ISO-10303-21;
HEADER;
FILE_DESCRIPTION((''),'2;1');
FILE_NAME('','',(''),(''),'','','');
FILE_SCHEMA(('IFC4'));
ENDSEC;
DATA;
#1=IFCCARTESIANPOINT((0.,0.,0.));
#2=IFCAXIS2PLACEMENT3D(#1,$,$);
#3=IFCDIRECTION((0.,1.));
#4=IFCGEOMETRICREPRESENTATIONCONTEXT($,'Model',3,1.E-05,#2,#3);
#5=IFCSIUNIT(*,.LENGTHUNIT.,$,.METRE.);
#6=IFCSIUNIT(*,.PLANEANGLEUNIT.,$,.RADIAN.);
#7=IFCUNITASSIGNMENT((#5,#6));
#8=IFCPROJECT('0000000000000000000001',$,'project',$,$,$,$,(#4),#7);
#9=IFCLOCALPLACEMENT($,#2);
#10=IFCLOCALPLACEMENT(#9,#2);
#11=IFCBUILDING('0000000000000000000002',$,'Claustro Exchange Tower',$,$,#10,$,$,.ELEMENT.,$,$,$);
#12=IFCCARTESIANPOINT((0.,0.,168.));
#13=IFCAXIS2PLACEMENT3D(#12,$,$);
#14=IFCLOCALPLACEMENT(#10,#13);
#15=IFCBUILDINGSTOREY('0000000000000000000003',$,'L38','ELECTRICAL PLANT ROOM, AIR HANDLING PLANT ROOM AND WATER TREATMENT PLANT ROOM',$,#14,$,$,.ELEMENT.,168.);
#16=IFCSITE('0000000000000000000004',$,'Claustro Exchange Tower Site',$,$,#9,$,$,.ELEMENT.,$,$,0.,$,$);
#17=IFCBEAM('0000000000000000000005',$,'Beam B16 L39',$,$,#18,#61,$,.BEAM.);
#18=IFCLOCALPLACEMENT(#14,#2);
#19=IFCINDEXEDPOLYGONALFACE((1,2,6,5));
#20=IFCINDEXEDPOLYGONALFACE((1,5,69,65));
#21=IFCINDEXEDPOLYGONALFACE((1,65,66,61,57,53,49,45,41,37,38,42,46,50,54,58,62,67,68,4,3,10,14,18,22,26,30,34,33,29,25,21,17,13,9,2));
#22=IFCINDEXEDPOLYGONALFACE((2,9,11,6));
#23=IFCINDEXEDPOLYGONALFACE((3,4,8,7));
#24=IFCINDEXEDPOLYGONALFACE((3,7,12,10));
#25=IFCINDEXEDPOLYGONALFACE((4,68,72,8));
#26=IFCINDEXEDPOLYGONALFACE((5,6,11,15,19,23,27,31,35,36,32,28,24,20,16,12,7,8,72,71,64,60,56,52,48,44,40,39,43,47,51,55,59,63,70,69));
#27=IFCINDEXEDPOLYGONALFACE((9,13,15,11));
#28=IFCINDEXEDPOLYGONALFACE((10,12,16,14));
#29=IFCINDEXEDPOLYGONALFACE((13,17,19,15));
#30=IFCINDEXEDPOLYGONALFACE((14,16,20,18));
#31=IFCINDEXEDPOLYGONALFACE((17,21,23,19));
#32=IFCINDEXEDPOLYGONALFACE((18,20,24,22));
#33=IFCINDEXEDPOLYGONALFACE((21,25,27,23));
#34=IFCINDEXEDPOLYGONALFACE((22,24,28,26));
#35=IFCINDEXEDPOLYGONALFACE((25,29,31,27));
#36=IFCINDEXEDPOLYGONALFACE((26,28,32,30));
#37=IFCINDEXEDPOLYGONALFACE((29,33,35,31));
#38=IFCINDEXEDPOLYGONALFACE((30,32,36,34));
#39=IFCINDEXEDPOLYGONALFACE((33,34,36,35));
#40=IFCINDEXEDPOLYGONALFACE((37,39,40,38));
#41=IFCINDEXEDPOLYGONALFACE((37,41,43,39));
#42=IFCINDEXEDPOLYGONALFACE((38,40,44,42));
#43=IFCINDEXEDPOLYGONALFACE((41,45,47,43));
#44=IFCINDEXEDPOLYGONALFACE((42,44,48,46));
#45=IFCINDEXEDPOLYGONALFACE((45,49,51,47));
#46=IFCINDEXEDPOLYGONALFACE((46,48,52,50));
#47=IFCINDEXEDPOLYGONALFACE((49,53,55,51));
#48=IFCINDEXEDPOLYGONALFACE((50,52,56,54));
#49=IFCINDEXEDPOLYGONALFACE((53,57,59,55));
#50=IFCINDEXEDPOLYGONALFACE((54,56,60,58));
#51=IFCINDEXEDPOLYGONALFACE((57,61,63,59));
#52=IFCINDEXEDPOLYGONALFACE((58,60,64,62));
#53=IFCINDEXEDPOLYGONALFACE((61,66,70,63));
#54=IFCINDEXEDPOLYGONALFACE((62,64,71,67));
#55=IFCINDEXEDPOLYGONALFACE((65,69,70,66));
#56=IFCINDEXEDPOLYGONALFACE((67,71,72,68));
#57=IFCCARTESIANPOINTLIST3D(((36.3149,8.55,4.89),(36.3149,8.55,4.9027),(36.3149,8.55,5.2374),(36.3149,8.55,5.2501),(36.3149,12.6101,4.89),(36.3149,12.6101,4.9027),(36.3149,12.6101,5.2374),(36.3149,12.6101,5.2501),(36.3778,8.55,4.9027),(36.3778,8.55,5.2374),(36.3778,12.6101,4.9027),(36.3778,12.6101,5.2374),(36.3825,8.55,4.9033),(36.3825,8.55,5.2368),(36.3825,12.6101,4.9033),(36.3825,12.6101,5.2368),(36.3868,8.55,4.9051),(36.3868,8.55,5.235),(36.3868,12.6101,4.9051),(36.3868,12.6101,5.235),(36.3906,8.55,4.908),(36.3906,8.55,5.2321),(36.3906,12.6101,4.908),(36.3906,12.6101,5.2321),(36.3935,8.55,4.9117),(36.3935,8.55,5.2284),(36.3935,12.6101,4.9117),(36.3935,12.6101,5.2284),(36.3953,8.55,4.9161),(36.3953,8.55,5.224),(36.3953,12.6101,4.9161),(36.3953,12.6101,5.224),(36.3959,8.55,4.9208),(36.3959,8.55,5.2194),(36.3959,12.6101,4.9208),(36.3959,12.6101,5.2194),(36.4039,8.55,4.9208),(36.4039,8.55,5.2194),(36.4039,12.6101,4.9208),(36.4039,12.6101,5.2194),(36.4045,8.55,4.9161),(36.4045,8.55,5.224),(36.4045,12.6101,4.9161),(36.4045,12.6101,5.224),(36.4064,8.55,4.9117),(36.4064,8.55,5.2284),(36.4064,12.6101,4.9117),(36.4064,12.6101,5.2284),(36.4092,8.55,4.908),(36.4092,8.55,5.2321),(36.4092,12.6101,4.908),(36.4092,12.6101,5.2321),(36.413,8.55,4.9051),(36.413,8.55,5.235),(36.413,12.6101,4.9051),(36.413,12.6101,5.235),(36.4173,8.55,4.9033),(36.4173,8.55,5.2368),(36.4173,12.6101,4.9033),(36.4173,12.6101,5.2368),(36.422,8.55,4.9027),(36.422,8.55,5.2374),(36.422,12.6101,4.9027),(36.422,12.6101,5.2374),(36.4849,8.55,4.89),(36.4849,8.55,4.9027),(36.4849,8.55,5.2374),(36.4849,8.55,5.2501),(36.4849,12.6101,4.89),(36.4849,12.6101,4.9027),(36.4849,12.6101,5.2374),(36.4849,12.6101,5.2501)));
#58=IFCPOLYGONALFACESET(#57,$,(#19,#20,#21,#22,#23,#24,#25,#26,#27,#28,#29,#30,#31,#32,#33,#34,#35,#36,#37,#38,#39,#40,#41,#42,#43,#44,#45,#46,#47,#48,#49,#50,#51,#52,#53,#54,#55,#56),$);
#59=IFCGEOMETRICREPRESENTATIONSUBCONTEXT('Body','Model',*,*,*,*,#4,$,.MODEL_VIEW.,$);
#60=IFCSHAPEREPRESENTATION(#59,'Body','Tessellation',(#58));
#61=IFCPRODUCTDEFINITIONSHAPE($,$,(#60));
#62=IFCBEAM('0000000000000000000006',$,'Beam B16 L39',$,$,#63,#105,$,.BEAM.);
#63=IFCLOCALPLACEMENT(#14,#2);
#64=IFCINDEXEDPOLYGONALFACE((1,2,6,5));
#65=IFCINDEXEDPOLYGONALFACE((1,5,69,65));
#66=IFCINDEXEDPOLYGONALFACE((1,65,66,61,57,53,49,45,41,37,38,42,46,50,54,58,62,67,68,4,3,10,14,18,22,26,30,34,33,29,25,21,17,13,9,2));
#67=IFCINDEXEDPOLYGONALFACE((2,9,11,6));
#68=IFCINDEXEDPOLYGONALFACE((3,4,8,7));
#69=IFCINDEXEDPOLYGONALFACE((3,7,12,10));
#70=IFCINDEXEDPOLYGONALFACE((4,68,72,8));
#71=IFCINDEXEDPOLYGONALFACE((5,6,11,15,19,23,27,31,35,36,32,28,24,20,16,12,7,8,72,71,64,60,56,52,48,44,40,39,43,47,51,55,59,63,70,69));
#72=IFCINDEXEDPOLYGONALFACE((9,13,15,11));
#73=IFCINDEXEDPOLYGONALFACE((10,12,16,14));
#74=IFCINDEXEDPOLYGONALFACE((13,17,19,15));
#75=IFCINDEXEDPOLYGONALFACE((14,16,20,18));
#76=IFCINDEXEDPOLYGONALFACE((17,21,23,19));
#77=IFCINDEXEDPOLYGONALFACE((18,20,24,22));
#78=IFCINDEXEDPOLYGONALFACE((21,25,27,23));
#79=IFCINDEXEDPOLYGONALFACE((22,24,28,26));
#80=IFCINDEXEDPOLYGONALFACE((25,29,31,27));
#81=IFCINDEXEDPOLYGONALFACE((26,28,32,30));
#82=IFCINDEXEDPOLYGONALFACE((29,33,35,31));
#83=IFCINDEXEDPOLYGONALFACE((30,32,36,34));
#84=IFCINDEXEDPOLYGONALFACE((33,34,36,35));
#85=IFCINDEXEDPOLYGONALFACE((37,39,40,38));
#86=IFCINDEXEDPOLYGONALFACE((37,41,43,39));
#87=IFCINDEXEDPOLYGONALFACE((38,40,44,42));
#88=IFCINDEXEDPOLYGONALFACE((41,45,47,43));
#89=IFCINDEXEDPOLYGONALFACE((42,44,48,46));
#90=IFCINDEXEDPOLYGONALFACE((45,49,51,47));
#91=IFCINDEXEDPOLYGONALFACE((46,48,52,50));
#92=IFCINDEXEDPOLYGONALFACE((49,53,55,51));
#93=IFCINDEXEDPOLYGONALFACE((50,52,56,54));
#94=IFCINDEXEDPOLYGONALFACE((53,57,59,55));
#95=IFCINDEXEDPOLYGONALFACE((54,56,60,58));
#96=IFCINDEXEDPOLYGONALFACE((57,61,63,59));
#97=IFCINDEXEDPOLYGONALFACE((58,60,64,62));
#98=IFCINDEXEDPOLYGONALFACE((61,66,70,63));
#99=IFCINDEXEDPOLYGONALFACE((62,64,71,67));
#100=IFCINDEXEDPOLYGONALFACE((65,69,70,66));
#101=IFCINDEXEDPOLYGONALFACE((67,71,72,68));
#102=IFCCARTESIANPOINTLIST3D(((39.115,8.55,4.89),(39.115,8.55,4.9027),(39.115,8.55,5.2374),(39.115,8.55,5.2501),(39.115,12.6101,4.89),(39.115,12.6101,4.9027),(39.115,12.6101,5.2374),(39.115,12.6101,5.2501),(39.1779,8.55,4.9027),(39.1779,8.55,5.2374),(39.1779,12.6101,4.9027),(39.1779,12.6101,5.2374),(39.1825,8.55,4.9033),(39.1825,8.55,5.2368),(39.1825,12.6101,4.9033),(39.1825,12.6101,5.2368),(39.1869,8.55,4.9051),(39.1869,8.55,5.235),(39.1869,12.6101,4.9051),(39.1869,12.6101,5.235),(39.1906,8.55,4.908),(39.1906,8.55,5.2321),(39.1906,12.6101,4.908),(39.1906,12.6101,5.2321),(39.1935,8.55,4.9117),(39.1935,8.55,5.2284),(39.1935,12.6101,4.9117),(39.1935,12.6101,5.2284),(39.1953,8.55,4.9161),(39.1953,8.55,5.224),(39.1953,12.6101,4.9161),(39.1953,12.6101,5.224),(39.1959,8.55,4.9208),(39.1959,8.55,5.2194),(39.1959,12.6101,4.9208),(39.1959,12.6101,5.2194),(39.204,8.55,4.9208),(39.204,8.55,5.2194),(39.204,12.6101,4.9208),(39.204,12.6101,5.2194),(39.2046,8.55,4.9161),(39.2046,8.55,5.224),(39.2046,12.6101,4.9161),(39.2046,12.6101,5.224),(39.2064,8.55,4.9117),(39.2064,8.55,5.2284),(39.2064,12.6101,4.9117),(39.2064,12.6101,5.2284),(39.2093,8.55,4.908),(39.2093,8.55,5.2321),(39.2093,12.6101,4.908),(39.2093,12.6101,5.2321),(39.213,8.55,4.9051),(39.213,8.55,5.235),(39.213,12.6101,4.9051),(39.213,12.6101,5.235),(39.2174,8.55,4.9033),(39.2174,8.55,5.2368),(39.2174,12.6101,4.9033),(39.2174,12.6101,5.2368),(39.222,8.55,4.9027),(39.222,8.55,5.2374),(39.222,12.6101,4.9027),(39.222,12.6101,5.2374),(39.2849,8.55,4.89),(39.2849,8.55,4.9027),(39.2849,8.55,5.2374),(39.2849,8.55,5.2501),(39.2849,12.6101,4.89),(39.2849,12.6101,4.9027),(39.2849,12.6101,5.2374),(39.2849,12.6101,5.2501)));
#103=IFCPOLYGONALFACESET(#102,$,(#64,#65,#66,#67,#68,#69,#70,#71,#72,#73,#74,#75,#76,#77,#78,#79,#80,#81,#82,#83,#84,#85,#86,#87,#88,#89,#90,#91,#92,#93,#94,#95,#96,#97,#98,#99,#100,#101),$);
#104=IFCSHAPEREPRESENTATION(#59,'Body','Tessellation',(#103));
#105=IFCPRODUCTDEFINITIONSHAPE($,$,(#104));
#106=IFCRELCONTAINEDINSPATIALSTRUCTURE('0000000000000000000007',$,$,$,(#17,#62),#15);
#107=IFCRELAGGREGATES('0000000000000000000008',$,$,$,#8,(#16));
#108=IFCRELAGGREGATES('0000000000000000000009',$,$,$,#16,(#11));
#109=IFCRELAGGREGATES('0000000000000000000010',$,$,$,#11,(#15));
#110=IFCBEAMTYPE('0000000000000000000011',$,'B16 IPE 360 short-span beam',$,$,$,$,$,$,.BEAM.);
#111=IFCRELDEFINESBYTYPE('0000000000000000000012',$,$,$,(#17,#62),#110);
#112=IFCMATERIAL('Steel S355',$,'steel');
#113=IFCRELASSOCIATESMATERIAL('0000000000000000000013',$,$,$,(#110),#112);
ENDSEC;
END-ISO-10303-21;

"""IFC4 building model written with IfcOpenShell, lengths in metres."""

from ifc_helpers import new_model, si_unit, direction, frame, origin, origin_2d, place, context, subcontext, project, spatial, i_section, extrude, material, material_profile, profile_set, type_object, element, save


model = new_model("IFC4")

# Units and contexts
model_context = context("Model", 3, precision=1e-05, world=origin(), true_north=direction((0.0, 1.0)))
body_context = subcontext(model_context, "Body", "Model", "MODEL_VIEW")
ifc_project = project(units=[si_unit("LENGTHUNIT", "METRE"), si_unit("PLANEANGLEUNIT", "RADIAN")], contexts=[model_context])

# Site, building, storey
site_placement = place(None, origin())
site = spatial("IfcSite", under=ifc_project, at=site_placement, Name="Claustro Exchange Tower Site", CompositionType="ELEMENT", RefElevation=0.0)
building_placement = place(site_placement, origin())
building = spatial("IfcBuilding", under=site, at=building_placement, Name="Claustro Exchange Tower", CompositionType="ELEMENT")
storey_placement = place(building_placement, frame((0.0, 0.0, 168.0)))
storey = spatial("IfcBuildingStorey", under=building, at=storey_placement, Name="L38", Description="ELECTRICAL PLANT ROOM, AIR HANDLING PLANT ROOM AND WATER TREATMENT PLANT ROOM", CompositionType="ELEMENT", Elevation=168.0)

# Beams
ifc_material_1 = material(Name="Steel S355", Category="steel")
ifc_material_profile = material_profile(ifc_material_1, i_section(OverallWidth=0.1699, OverallDepth=0.3601, WebThickness=0.0081, FlangeThickness=0.0127, FilletRadius=0.0181, at=origin_2d()), Name="IPE 360")
ifc_profile_set = profile_set([ifc_material_profile], Name="Steel S355")
beam_type = type_object("IfcBeamType", Name="B16 IPE 360 short-span beam", PredefinedType="BEAM", material=ifc_profile_set)
for number, where, z_axis, x_axis, name in (
    (1, (36.3999, 8.55, 5.0701), (0.0, 1.0, 0.0), (-1.0, 0.0, 0.0), "Beam B16 L39"),
    (2, (39.2, 8.55, 5.0701), (0.0, 1.0, 0.0), (-1.0, 0.0, 0.0), "Beam B16 L39"),
):
    element("IfcBeam", number, at=place(storey_placement, frame(where, z_axis=z_axis, x_axis=x_axis)), inside=storey, type_object=beam_type, Name=name, PredefinedType="BEAM", context=body_context, shape_type="SweptSolid", body=[
        extrude(i_section(OverallWidth=0.1699, OverallDepth=0.3601, WebThickness=0.0081, FlangeThickness=0.0127, FilletRadius=0.0181, at=origin_2d()), origin(), (0.0, 0.0, 1.0), 4.0601),
    ])

save(model, "model.ifc")
